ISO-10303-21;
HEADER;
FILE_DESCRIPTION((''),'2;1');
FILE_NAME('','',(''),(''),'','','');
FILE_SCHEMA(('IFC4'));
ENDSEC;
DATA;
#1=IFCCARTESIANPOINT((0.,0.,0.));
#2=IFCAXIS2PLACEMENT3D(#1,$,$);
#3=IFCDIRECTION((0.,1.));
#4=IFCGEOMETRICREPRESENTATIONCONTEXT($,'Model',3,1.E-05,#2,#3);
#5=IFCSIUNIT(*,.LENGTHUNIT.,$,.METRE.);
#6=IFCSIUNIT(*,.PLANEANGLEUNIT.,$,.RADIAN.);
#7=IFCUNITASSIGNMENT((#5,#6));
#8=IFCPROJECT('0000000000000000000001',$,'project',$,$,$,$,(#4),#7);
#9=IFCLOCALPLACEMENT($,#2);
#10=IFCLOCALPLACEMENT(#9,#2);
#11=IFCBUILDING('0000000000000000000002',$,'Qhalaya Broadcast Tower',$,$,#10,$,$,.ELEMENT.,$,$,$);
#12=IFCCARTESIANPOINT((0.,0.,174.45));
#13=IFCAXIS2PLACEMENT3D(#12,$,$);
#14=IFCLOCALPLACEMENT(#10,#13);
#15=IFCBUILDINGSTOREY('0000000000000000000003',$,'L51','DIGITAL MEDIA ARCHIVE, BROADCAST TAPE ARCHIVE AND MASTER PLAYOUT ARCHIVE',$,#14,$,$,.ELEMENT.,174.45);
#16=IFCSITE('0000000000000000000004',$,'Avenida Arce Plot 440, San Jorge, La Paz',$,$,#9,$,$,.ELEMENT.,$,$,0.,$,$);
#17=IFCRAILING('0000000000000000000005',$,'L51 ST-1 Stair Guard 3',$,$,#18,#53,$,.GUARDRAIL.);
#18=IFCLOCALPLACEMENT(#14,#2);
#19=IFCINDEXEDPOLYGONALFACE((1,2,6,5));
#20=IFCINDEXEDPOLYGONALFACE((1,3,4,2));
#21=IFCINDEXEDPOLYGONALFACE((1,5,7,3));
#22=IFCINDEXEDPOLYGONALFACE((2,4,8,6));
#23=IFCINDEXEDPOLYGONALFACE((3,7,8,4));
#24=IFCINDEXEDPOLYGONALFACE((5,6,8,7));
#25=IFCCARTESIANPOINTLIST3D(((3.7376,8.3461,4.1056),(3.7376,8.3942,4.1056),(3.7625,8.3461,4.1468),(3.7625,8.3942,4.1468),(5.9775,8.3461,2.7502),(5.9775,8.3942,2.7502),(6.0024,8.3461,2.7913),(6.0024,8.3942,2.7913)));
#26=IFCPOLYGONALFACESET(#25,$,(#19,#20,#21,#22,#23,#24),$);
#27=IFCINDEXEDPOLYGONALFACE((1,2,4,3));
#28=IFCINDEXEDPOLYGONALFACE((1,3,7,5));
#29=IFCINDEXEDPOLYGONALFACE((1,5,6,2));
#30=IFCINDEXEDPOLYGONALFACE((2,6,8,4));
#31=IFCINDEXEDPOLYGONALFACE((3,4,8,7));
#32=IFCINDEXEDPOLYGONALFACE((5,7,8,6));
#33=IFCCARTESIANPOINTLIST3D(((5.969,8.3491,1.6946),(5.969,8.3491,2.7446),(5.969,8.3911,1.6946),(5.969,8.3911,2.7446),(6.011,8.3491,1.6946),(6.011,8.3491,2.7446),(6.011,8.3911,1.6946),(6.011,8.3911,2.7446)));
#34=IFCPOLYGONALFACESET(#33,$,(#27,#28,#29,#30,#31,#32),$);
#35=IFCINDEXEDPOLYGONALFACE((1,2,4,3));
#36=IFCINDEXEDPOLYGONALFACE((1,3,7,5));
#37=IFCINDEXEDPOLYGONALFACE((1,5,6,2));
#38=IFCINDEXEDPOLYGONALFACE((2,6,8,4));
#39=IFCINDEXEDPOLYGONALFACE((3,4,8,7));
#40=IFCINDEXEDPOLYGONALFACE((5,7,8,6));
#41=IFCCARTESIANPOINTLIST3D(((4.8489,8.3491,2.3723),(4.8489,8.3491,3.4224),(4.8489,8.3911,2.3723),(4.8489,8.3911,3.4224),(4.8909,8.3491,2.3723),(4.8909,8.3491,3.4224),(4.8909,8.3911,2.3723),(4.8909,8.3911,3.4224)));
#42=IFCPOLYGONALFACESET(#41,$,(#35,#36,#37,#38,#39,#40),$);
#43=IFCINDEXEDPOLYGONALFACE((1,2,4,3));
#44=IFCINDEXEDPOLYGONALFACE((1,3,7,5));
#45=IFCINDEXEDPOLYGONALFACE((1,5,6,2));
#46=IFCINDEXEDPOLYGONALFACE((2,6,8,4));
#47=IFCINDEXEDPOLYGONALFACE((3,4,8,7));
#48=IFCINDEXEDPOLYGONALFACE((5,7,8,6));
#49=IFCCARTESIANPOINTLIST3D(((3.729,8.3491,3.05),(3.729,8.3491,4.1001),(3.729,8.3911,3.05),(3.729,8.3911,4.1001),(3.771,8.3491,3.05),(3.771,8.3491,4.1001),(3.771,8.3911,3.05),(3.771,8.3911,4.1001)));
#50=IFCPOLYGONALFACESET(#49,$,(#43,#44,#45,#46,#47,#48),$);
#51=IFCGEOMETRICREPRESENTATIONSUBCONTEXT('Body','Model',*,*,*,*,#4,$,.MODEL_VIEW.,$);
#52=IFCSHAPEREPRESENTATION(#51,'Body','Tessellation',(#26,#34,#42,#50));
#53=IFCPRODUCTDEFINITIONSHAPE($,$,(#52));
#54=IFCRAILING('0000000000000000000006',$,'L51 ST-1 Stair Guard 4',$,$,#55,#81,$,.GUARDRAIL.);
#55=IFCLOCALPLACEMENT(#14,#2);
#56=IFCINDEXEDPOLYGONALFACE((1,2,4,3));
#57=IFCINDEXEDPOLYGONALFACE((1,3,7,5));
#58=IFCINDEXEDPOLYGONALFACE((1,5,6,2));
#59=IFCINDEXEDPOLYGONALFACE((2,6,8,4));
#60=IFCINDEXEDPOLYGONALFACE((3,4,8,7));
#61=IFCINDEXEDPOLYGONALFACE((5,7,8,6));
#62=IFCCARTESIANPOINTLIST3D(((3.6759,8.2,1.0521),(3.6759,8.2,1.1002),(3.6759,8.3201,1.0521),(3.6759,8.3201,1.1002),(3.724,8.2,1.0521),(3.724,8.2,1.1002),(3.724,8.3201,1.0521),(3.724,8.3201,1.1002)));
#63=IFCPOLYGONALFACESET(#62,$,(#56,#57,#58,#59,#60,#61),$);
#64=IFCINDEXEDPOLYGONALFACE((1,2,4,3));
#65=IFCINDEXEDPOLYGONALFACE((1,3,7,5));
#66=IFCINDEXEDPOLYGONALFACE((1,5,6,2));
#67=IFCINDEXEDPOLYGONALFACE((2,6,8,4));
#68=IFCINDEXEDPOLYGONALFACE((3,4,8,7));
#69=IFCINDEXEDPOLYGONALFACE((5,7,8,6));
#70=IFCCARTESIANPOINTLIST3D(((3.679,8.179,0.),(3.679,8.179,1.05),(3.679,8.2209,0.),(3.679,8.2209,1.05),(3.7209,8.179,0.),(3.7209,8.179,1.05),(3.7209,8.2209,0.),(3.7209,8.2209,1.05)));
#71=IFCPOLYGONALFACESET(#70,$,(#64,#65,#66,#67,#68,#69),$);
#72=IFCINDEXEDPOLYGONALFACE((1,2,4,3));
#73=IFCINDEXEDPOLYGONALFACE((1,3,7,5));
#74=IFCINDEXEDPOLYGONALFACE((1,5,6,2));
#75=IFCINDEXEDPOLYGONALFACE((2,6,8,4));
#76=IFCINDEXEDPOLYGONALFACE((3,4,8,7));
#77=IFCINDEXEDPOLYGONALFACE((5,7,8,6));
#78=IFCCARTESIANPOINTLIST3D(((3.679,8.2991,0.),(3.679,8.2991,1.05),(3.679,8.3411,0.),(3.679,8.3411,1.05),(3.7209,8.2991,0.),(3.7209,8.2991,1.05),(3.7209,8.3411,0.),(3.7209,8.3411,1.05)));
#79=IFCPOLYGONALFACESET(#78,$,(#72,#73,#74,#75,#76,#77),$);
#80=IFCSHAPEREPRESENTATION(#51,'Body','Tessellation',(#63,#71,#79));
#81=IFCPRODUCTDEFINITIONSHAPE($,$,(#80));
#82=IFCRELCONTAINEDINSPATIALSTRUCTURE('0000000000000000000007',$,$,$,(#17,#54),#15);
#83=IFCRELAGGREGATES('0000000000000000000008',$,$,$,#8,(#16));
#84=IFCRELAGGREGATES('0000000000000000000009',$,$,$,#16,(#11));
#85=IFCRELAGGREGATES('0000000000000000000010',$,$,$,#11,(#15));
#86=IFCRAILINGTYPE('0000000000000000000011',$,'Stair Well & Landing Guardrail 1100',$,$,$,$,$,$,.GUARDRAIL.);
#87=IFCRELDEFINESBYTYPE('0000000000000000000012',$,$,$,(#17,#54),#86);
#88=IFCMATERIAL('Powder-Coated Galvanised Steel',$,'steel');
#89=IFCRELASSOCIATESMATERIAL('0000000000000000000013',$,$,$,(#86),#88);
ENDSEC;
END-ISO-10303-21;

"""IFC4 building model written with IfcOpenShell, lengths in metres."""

from ifc_helpers import new_model, si_unit, direction, frame, origin, origin_2d, place, context, subcontext, project, spatial, rectangle, extrude, material, type_object, element, save


model = new_model("IFC4")

# Units and contexts
model_context = context("Model", 3, precision=1e-05, world=origin(), true_north=direction((0.0, 1.0)))
body_context = subcontext(model_context, "Body", "Model", "MODEL_VIEW")
ifc_project = project(units=[si_unit("LENGTHUNIT", "METRE"), si_unit("PLANEANGLEUNIT", "RADIAN")], contexts=[model_context])

# Site, building, storey
site_placement = place(None, origin())
site = spatial("IfcSite", under=ifc_project, at=site_placement, Name="Avenida Arce Plot 440, San Jorge, La Paz", CompositionType="ELEMENT", RefElevation=0.0)
building_placement = place(site_placement, origin())
building = spatial("IfcBuilding", under=site, at=building_placement, Name="Qhalaya Broadcast Tower", CompositionType="ELEMENT")
storey_placement = place(building_placement, frame((0.0, 0.0, 174.45)))
storey = spatial("IfcBuildingStorey", under=building, at=storey_placement, Name="L51", Description="DIGITAL MEDIA ARCHIVE, BROADCAST TAPE ARCHIVE AND MASTER PLAYOUT ARCHIVE", CompositionType="ELEMENT", Elevation=174.45)

# Railings
ifc_material_1 = material(Name="Powder-Coated Galvanised Steel", Category="steel")
railing_type_1 = type_object("IfcRailingType", Name="Stair Well & Landing Guardrail 1100", PredefinedType="GUARDRAIL", material=ifc_material_1)
railing_1_placement = place(storey_placement, frame((5.99, 8.3701, 1.6946)))
element("IfcRailing", 1, at=railing_1_placement, inside=storey, type_object=railing_type_1, Name="L51 ST-1 Stair Guard 3", PredefinedType="GUARDRAIL", context=body_context, shape_type="SweptSolid", body=[
    extrude(rectangle(XDim=0.0481, YDim=0.0481, at=origin_2d()), frame((0.0, 0.0, 1.0762), z_axis=(-0.855553, 0.0, 0.517715), x_axis=(0.0, -1.0, 0.0)), (0.0, 0.0, 1.0), 2.6182),
    extrude(rectangle(XDim=0.042, YDim=0.042, at=origin_2d()), origin(), (0.0, 0.0, 1.0), 1.05),
    extrude(rectangle(XDim=0.042, YDim=0.042, at=origin_2d()), frame((-1.1201, 0.0, 0.6777)), (0.0, 0.0, 1.0), 1.05),
    extrude(rectangle(XDim=0.042, YDim=0.042, at=origin_2d()), frame((-2.24, 0.0, 1.3555)), (0.0, 0.0, 1.0), 1.05),
])
railing_2_placement = place(storey_placement, frame((3.7, 8.2, 0.0)))
element("IfcRailing", 2, at=railing_2_placement, inside=storey, type_object=railing_type_1, Name="L51 ST-1 Stair Guard 4", PredefinedType="GUARDRAIL", context=body_context, shape_type="SweptSolid", body=[
    extrude(rectangle(XDim=0.0481, YDim=0.0481, at=origin_2d()), frame((0.0, 0.0, 1.0762), z_axis=(0.0, 1.0, 0.0), x_axis=(-1.0, 0.0, 0.0)), (0.0, 0.0, 1.0), 0.1201),
    extrude(rectangle(XDim=0.042, YDim=0.042, at=origin_2d()), origin(), (0.0, 0.0, 1.0), 1.05),
    extrude(rectangle(XDim=0.042, YDim=0.042, at=origin_2d()), frame((0.0, 0.1201, 0.0)), (0.0, 0.0, 1.0), 1.05),
])

save(model, "model.ifc")
